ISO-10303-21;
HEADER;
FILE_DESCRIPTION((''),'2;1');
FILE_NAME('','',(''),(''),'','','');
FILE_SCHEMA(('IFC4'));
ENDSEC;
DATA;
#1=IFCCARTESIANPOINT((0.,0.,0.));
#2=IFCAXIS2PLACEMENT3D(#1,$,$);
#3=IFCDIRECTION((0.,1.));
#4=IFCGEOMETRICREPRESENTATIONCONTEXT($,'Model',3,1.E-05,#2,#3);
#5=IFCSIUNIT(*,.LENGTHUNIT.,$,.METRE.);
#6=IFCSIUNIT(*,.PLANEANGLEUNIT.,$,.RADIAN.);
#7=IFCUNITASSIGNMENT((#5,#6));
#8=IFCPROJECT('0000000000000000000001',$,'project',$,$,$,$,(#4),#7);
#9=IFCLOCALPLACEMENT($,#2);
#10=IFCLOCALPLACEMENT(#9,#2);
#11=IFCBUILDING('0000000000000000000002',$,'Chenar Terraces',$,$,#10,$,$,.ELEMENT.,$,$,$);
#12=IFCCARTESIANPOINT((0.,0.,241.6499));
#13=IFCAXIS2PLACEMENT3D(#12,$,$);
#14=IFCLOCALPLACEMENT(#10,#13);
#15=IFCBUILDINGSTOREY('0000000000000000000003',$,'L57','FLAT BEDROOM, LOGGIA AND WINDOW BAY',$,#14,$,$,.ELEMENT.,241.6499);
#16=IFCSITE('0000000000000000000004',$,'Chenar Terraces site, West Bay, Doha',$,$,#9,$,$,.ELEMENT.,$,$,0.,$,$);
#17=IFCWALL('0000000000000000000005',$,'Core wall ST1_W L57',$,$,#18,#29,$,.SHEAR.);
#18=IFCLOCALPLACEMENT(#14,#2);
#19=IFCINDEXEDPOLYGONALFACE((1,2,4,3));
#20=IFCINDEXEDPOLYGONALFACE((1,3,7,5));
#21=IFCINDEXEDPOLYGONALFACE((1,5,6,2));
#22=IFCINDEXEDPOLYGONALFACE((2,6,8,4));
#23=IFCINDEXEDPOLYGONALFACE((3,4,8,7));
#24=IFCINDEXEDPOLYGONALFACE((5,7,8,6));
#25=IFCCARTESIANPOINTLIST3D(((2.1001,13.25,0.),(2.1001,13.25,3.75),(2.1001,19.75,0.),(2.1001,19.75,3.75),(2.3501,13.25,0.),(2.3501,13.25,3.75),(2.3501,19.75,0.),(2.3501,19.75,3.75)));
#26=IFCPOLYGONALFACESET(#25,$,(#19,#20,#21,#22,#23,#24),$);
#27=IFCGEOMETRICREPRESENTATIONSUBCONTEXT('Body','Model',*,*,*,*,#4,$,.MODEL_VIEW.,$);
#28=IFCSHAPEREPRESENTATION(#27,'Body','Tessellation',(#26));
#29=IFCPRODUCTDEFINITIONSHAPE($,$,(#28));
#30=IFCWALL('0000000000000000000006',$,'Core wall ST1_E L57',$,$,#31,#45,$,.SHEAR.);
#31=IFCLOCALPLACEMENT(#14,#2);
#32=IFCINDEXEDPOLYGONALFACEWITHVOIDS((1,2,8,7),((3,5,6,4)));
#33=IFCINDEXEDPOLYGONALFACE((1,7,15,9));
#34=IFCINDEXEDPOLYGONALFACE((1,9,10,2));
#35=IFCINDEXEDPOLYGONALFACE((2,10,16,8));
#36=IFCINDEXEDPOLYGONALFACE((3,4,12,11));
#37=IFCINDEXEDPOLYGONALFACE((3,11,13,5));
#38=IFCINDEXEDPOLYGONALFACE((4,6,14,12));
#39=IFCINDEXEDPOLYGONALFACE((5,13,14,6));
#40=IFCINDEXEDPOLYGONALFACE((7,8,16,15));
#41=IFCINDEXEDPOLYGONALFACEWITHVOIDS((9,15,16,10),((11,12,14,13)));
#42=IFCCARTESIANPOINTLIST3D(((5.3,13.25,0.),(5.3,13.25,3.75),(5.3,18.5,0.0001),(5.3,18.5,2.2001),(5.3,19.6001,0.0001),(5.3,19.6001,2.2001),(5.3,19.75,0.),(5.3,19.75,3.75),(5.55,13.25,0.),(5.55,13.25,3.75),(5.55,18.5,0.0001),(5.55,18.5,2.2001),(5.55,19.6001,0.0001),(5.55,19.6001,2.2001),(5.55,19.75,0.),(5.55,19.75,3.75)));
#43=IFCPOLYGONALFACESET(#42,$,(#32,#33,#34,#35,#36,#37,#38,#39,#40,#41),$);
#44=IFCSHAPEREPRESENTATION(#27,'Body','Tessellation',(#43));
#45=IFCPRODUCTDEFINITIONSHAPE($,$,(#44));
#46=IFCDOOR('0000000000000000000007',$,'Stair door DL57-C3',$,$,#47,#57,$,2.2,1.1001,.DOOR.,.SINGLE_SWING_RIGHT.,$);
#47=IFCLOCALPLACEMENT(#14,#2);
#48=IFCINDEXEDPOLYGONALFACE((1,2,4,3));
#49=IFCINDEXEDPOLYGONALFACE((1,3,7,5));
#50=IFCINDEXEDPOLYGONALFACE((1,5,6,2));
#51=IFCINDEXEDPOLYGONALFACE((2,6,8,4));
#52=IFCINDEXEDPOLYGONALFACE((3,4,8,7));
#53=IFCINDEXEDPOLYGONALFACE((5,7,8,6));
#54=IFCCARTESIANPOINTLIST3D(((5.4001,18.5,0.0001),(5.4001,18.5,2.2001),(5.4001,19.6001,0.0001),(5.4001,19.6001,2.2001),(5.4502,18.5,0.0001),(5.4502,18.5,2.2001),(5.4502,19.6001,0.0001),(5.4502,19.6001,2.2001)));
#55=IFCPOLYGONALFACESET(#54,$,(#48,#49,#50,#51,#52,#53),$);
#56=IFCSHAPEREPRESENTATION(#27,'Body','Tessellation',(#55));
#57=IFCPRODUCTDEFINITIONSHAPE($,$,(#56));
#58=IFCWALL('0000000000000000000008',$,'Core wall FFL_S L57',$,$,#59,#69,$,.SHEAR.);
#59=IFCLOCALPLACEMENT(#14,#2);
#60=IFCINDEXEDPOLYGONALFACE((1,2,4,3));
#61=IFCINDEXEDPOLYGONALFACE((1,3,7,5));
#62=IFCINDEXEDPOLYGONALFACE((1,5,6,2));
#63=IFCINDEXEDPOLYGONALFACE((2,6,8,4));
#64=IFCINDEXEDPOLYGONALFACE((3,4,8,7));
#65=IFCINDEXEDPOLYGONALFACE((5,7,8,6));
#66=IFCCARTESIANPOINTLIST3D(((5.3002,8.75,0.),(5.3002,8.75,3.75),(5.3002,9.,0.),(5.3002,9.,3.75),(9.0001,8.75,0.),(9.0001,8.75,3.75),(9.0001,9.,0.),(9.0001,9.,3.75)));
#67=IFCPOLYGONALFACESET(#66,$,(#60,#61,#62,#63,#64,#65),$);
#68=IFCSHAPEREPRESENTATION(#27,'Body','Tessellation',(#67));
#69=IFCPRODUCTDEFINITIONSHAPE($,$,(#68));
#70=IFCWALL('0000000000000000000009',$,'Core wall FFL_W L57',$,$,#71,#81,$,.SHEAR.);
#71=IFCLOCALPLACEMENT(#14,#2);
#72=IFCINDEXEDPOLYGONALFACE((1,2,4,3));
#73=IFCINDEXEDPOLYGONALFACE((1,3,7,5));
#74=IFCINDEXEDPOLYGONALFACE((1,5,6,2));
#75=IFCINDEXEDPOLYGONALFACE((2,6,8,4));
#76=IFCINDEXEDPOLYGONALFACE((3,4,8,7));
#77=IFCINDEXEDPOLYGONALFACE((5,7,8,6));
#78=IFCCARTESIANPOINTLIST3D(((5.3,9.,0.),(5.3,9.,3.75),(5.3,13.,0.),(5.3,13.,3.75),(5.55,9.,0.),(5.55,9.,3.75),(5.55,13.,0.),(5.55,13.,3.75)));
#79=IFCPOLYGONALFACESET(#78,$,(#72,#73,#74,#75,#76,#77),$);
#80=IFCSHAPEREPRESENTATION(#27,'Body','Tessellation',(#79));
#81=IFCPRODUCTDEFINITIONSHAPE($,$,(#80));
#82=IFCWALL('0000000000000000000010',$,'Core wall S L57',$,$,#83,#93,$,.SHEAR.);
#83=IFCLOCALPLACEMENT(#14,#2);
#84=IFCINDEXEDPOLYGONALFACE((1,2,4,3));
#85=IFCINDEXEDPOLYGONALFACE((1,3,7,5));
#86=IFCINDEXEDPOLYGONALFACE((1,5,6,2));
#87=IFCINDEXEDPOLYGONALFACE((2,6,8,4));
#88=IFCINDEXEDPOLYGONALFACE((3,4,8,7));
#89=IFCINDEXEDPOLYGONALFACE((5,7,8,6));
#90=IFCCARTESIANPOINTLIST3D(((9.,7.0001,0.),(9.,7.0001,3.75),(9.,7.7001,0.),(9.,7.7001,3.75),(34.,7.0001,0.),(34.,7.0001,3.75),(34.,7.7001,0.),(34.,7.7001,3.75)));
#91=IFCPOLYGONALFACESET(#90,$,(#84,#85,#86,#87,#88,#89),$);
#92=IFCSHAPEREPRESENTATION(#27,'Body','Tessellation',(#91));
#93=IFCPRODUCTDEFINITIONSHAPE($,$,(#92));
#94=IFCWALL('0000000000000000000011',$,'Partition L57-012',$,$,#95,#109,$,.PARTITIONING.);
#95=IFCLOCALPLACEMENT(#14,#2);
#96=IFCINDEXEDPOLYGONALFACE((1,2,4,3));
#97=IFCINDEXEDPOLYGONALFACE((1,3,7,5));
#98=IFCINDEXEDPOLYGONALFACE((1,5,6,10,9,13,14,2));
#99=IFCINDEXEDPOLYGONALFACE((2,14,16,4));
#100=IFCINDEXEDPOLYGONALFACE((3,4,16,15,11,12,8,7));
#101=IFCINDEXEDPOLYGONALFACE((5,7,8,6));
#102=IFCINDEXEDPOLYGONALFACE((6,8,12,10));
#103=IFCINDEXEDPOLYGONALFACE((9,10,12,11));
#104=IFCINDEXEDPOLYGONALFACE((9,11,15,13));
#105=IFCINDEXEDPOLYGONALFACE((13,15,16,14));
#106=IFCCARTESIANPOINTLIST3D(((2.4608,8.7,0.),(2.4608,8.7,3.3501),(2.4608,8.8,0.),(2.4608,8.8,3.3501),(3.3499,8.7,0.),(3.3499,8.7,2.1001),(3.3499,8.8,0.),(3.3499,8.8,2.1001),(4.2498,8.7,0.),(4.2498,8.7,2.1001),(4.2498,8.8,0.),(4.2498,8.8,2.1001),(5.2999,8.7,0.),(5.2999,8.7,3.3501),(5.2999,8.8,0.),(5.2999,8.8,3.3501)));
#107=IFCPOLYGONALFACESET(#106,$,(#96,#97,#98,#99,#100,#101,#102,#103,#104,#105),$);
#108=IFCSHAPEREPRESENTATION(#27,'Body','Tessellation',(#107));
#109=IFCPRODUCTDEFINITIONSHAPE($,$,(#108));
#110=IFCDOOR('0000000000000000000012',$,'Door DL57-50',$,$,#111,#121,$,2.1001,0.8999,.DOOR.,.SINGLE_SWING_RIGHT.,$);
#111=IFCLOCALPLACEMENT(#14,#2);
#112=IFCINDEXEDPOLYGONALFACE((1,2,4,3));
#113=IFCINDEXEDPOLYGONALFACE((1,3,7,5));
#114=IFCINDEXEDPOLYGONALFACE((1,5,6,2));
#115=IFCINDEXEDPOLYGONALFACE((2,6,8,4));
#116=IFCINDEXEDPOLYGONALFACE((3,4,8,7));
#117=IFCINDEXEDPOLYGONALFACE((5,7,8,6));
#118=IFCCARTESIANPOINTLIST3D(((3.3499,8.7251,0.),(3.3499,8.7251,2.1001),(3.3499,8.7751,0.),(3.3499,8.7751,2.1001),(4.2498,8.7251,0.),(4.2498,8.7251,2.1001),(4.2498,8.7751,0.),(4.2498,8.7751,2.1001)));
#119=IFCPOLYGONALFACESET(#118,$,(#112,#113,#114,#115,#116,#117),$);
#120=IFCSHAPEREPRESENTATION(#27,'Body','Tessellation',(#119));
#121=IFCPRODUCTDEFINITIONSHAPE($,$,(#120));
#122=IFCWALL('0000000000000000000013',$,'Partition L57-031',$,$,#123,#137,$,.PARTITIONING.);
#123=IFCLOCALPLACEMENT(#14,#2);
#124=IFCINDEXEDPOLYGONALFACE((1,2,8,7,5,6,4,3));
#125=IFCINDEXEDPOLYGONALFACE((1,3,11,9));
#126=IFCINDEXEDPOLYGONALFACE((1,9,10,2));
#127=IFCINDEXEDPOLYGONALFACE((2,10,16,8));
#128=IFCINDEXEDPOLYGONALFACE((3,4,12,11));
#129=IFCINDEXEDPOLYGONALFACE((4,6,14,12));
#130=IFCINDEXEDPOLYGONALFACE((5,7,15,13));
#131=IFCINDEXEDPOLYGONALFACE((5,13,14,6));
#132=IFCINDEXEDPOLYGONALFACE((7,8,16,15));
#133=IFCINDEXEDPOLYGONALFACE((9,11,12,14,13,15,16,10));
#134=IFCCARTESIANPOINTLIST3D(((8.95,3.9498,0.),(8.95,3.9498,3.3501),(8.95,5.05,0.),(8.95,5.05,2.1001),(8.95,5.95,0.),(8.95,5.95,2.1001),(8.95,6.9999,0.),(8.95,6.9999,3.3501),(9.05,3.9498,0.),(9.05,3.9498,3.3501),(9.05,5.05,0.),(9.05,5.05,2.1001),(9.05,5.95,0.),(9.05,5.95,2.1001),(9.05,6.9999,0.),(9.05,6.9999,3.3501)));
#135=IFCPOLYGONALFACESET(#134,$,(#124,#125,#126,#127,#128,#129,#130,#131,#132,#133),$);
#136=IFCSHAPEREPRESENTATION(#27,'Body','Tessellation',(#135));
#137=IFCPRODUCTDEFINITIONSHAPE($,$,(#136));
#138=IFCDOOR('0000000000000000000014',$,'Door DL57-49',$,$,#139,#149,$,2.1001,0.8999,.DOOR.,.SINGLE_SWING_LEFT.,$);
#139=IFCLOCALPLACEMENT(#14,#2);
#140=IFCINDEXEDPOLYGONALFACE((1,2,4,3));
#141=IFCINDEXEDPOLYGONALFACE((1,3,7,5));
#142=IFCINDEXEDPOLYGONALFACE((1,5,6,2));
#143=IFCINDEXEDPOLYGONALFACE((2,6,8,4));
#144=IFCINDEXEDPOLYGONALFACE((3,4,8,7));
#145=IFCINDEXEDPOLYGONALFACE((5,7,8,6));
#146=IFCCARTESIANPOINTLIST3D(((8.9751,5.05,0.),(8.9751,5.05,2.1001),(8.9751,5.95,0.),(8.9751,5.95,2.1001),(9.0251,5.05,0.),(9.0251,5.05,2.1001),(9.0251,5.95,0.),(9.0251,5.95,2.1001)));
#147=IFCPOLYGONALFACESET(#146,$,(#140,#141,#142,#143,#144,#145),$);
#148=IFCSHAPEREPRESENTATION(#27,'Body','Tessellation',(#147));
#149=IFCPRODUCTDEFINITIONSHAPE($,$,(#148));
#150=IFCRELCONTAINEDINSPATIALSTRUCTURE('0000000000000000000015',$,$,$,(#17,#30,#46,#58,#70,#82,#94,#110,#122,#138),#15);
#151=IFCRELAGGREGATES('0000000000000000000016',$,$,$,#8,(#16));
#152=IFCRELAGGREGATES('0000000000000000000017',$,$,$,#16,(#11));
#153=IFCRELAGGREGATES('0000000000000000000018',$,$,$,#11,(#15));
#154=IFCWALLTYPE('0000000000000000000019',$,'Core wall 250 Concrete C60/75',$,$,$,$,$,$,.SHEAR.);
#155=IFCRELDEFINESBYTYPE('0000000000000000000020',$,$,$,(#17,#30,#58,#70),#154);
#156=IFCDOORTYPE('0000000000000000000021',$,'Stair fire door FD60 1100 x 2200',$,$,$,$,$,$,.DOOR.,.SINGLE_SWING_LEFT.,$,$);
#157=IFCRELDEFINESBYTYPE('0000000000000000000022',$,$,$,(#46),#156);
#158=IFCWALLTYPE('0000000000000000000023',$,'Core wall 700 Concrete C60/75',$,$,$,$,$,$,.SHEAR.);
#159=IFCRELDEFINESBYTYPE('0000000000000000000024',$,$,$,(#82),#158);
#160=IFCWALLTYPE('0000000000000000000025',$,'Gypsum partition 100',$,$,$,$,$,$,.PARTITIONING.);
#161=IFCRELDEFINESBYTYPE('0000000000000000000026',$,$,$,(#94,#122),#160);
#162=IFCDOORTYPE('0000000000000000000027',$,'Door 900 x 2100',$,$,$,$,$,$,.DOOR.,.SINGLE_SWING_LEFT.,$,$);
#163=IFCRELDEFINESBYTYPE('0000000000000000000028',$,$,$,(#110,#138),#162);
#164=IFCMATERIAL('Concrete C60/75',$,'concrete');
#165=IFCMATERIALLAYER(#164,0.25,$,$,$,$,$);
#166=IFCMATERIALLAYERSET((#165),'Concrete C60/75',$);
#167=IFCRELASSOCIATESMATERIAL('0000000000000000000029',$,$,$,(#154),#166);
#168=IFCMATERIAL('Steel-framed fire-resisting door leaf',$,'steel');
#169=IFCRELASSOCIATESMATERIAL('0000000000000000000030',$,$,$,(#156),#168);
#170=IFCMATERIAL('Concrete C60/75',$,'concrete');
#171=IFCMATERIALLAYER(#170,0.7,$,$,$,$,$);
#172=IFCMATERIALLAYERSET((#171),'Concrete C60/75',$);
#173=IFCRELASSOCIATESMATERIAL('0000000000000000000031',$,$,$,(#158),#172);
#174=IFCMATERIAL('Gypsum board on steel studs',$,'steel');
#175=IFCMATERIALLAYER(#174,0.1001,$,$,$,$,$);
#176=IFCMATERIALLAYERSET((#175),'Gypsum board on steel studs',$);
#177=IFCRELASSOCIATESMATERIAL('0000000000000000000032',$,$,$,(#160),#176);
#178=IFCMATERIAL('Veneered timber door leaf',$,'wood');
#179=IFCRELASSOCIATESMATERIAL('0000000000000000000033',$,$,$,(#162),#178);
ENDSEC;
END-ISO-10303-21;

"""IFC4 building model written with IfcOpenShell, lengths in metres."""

from ifc_helpers import new_model, si_unit, direction, frame, frame_2d, origin, place, context, subcontext, project, spatial, rectangle, extrude, material, layer, layer_set, type_object, element, fill, save


model = new_model("IFC4")

# Units and contexts
model_context = context("Model", 3, precision=1e-05, world=origin(), true_north=direction((0.0, 1.0)))
body_context = subcontext(model_context, "Body", "Model", "MODEL_VIEW")
ifc_project = project(units=[si_unit("LENGTHUNIT", "METRE"), si_unit("PLANEANGLEUNIT", "RADIAN")], contexts=[model_context])

# Site, building, storey
site_placement = place(None, origin())
site = spatial("IfcSite", under=ifc_project, at=site_placement, Name="Chenar Terraces site, West Bay, Doha", CompositionType="ELEMENT", RefElevation=0.0)
building_placement = place(site_placement, origin())
building = spatial("IfcBuilding", under=site, at=building_placement, Name="Chenar Terraces", CompositionType="ELEMENT")
storey_placement = place(building_placement, frame((0.0, 0.0, 241.6499)))
storey = spatial("IfcBuildingStorey", under=building, at=storey_placement, Name="L57", Description="FLAT BEDROOM, LOGGIA AND WINDOW BAY", CompositionType="ELEMENT", Elevation=241.6499)

# Wall
ifc_material_1 = material(Name="Concrete C60/75", Category="concrete")
ifc_layer_1 = layer(ifc_material_1, 0.25)
ifc_layer_set_1 = layer_set([ifc_layer_1], Name="Concrete C60/75")
wall_type_1 = type_object("IfcWallType", Name="Core wall 250 Concrete C60/75", PredefinedType="SHEAR", material=ifc_layer_set_1)
wall_1_placement = place(storey_placement, frame((2.2251, 13.25, 0.0), z_axis=(0.0, 0.0, 1.0), x_axis=(0.0, 1.0, 0.0)))
element("IfcWall", 1, at=wall_1_placement, inside=storey, type_object=wall_type_1, Name="Core wall ST1_W L57", PredefinedType="SHEAR", context=body_context, shape_type="SweptSolid", body=[
    extrude(rectangle(XDim=6.5, YDim=0.25, at=frame_2d((3.25, 0.0))), origin(), (0.0, 0.0, 1.0), 3.75),
])

# Wall, opening, door
wall_2_placement = place(storey_placement, frame((5.425, 13.25, 0.0), z_axis=(0.0, 0.0, 1.0), x_axis=(0.0, 1.0, 0.0)))
wall_2 = element("IfcWall", 2, at=wall_2_placement, inside=storey, type_object=wall_type_1, Name="Core wall ST1_E L57", PredefinedType="SHEAR", context=body_context, shape_type="SweptSolid", body=[
    extrude(rectangle(XDim=6.5, YDim=0.25, at=frame_2d((3.25, 0.0))), origin(), (0.0, 0.0, 1.0), 3.75),
])
opening_1_placement = place(wall_2_placement, frame((5.25, 0.0, 0.0)))
opening_1 = element("IfcOpeningElement", 3, at=opening_1_placement, cuts=wall_2, PredefinedType="OPENING", context=body_context, shape_type="SweptSolid", body=[
    extrude(rectangle(XDim=1.1001, YDim=2.2, at=frame_2d((0.55, 1.1001))), frame((0.0, 0.135, 0.0), z_axis=(0.0, -1.0, 0.0), x_axis=(1.0, 0.0, 0.0)), (0.0, 0.0, 1.0), 0.27),
])
ifc_material_2 = material(Name="Steel-framed fire-resisting door leaf", Category="steel")
door_type_1 = type_object("IfcDoorType", Name="Stair fire door FD60 1100 x 2200", OperationType="SINGLE_SWING_LEFT", PredefinedType="DOOR", material=ifc_material_2)
door_1_placement = place(opening_1_placement, origin())
door_1 = element("IfcDoor", 4, at=door_1_placement, inside=storey, type_object=door_type_1, Name="Stair door DL57-C3", OperationType="SINGLE_SWING_RIGHT", OverallHeight=2.2, OverallWidth=1.1001, PredefinedType="DOOR", context=body_context, shape_type="SweptSolid", body=[
    extrude(rectangle(XDim=1.1001, YDim=2.2, at=frame_2d((0.55, 1.1001))), frame((0.0, 0.0249, 0.0), z_axis=(0.0, -1.0, 0.0), x_axis=(1.0, 0.0, 0.0)), (0.0, 0.0, 1.0), 0.05),
])
fill(opening_1, door_1)

# Walls
wall_3_placement = place(storey_placement, frame((5.3, 8.875, 0.0), z_axis=(0.0, 0.0, 1.0), x_axis=(1.0, 0.0, 0.0)))
element("IfcWall", 5, at=wall_3_placement, inside=storey, type_object=wall_type_1, Name="Core wall FFL_S L57", PredefinedType="SHEAR", context=body_context, shape_type="SweptSolid", body=[
    extrude(rectangle(XDim=3.7, YDim=0.25, at=frame_2d((1.8501, 0.0))), origin(), (0.0, 0.0, 1.0), 3.75),
])
wall_4_placement = place(storey_placement, frame((5.425, 9.0, 0.0), z_axis=(0.0, 0.0, 1.0), x_axis=(0.0, 1.0, 0.0)))
element("IfcWall", 6, at=wall_4_placement, inside=storey, type_object=wall_type_1, Name="Core wall FFL_W L57", PredefinedType="SHEAR", context=body_context, shape_type="SweptSolid", body=[
    extrude(rectangle(XDim=4.0, YDim=0.25, at=frame_2d((2.0, 0.0))), origin(), (0.0, 0.0, 1.0), 3.75),
])
ifc_material_3 = material(Name="Concrete C60/75", Category="concrete")
ifc_layer_2 = layer(ifc_material_3, 0.7)
ifc_layer_set_2 = layer_set([ifc_layer_2], Name="Concrete C60/75")
wall_type_2 = type_object("IfcWallType", Name="Core wall 700 Concrete C60/75", PredefinedType="SHEAR", material=ifc_layer_set_2)
wall_5_placement = place(storey_placement, frame((9.0, 7.3501, 0.0), z_axis=(0.0, 0.0, 1.0), x_axis=(1.0, 0.0, 0.0)))
element("IfcWall", 7, at=wall_5_placement, inside=storey, type_object=wall_type_2, Name="Core wall S L57", PredefinedType="SHEAR", context=body_context, shape_type="SweptSolid", body=[
    extrude(rectangle(XDim=25.0, YDim=0.7, at=frame_2d((12.5, 0.0))), origin(), (0.0, 0.0, 1.0), 3.75),
])

# Walls, openings, doors
ifc_material_4 = material(Name="Gypsum board on steel studs", Category="steel")
ifc_layer_3 = layer(ifc_material_4, 0.1001)
ifc_layer_set_3 = layer_set([ifc_layer_3], Name="Gypsum board on steel studs")
wall_type_3 = type_object("IfcWallType", Name="Gypsum partition 100", PredefinedType="PARTITIONING", material=ifc_layer_set_3)
wall_6_placement = place(storey_placement, frame((2.4609, 8.75, 0.0), z_axis=(0.0, 0.0, 1.0), x_axis=(1.0, 0.0, 0.0)))
wall_6 = element("IfcWall", 8, at=wall_6_placement, inside=storey, type_object=wall_type_3, Name="Partition L57-012", PredefinedType="PARTITIONING", context=body_context, shape_type="SweptSolid", body=[
    extrude(rectangle(XDim=2.8391, YDim=0.1001, at=frame_2d((1.4194, 0.0))), origin(), (0.0, 0.0, 1.0), 3.3501),
])
opening_2_placement = place(wall_6_placement, frame((0.8889, 0.0, 0.0)))
opening_2 = element("IfcOpeningElement", 9, at=opening_2_placement, cuts=wall_6, PredefinedType="OPENING", context=body_context, shape_type="SweptSolid", body=[
    extrude(rectangle(XDim=0.8999, YDim=2.1001, at=frame_2d((0.45, 1.05))), frame((0.0, 0.0601, 0.0), z_axis=(0.0, -1.0, 0.0), x_axis=(1.0, 0.0, 0.0)), (0.0, 0.0, 1.0), 0.1201),
])
ifc_material_5 = material(Name="Veneered timber door leaf", Category="wood")
door_type_2 = type_object("IfcDoorType", Name="Door 900 x 2100", OperationType="SINGLE_SWING_LEFT", PredefinedType="DOOR", material=ifc_material_5)
door_2_placement = place(opening_2_placement, frame((0.8999, 0.0, 0.0), z_axis=(0.0, 0.0, 1.0), x_axis=(-1.0, 0.0, 0.0)))
door_2 = element("IfcDoor", 10, at=door_2_placement, inside=storey, type_object=door_type_2, Name="Door DL57-50", OperationType="SINGLE_SWING_RIGHT", OverallHeight=2.1001, OverallWidth=0.8999, PredefinedType="DOOR", context=body_context, shape_type="SweptSolid", body=[
    extrude(rectangle(XDim=0.8999, YDim=2.1001, at=frame_2d((0.45, 1.05))), frame((0.0, 0.0249, 0.0), z_axis=(0.0, -1.0, 0.0), x_axis=(1.0, 0.0, 0.0)), (0.0, 0.0, 1.0), 0.05),
])
fill(opening_2, door_2)
wall_7_placement = place(storey_placement, frame((9.0, 3.95, 0.0), z_axis=(0.0, 0.0, 1.0), x_axis=(0.0, 1.0, 0.0)))
wall_7 = element("IfcWall", 11, at=wall_7_placement, inside=storey, type_object=wall_type_3, Name="Partition L57-031", PredefinedType="PARTITIONING", context=body_context, shape_type="SweptSolid", body=[
    extrude(rectangle(XDim=3.05, YDim=0.1001, at=frame_2d((1.5249, 0.0))), origin(), (0.0, 0.0, 1.0), 3.3501),
])
opening_3_placement = place(wall_7_placement, frame((1.1001, 0.0, 0.0)))
opening_3 = element("IfcOpeningElement", 12, at=opening_3_placement, cuts=wall_7, PredefinedType="OPENING", context=body_context, shape_type="SweptSolid", body=[
    extrude(rectangle(XDim=0.8999, YDim=2.1001, at=frame_2d((0.45, 1.05))), frame((0.0, 0.0601, 0.0), z_axis=(0.0, -1.0, 0.0), x_axis=(1.0, 0.0, 0.0)), (0.0, 0.0, 1.0), 0.1201),
])
door_3_placement = place(opening_3_placement, origin())
door_3 = element("IfcDoor", 13, at=door_3_placement, inside=storey, type_object=door_type_2, Name="Door DL57-49", OperationType="SINGLE_SWING_LEFT", OverallHeight=2.1001, OverallWidth=0.8999, PredefinedType="DOOR", context=body_context, shape_type="SweptSolid", body=[
    extrude(rectangle(XDim=0.8999, YDim=2.1001, at=frame_2d((0.45, 1.05))), frame((0.0, 0.0249, 0.0), z_axis=(0.0, -1.0, 0.0), x_axis=(1.0, 0.0, 0.0)), (0.0, 0.0, 1.0), 0.05),
])
fill(opening_3, door_3)

save(model, "model.ifc")
